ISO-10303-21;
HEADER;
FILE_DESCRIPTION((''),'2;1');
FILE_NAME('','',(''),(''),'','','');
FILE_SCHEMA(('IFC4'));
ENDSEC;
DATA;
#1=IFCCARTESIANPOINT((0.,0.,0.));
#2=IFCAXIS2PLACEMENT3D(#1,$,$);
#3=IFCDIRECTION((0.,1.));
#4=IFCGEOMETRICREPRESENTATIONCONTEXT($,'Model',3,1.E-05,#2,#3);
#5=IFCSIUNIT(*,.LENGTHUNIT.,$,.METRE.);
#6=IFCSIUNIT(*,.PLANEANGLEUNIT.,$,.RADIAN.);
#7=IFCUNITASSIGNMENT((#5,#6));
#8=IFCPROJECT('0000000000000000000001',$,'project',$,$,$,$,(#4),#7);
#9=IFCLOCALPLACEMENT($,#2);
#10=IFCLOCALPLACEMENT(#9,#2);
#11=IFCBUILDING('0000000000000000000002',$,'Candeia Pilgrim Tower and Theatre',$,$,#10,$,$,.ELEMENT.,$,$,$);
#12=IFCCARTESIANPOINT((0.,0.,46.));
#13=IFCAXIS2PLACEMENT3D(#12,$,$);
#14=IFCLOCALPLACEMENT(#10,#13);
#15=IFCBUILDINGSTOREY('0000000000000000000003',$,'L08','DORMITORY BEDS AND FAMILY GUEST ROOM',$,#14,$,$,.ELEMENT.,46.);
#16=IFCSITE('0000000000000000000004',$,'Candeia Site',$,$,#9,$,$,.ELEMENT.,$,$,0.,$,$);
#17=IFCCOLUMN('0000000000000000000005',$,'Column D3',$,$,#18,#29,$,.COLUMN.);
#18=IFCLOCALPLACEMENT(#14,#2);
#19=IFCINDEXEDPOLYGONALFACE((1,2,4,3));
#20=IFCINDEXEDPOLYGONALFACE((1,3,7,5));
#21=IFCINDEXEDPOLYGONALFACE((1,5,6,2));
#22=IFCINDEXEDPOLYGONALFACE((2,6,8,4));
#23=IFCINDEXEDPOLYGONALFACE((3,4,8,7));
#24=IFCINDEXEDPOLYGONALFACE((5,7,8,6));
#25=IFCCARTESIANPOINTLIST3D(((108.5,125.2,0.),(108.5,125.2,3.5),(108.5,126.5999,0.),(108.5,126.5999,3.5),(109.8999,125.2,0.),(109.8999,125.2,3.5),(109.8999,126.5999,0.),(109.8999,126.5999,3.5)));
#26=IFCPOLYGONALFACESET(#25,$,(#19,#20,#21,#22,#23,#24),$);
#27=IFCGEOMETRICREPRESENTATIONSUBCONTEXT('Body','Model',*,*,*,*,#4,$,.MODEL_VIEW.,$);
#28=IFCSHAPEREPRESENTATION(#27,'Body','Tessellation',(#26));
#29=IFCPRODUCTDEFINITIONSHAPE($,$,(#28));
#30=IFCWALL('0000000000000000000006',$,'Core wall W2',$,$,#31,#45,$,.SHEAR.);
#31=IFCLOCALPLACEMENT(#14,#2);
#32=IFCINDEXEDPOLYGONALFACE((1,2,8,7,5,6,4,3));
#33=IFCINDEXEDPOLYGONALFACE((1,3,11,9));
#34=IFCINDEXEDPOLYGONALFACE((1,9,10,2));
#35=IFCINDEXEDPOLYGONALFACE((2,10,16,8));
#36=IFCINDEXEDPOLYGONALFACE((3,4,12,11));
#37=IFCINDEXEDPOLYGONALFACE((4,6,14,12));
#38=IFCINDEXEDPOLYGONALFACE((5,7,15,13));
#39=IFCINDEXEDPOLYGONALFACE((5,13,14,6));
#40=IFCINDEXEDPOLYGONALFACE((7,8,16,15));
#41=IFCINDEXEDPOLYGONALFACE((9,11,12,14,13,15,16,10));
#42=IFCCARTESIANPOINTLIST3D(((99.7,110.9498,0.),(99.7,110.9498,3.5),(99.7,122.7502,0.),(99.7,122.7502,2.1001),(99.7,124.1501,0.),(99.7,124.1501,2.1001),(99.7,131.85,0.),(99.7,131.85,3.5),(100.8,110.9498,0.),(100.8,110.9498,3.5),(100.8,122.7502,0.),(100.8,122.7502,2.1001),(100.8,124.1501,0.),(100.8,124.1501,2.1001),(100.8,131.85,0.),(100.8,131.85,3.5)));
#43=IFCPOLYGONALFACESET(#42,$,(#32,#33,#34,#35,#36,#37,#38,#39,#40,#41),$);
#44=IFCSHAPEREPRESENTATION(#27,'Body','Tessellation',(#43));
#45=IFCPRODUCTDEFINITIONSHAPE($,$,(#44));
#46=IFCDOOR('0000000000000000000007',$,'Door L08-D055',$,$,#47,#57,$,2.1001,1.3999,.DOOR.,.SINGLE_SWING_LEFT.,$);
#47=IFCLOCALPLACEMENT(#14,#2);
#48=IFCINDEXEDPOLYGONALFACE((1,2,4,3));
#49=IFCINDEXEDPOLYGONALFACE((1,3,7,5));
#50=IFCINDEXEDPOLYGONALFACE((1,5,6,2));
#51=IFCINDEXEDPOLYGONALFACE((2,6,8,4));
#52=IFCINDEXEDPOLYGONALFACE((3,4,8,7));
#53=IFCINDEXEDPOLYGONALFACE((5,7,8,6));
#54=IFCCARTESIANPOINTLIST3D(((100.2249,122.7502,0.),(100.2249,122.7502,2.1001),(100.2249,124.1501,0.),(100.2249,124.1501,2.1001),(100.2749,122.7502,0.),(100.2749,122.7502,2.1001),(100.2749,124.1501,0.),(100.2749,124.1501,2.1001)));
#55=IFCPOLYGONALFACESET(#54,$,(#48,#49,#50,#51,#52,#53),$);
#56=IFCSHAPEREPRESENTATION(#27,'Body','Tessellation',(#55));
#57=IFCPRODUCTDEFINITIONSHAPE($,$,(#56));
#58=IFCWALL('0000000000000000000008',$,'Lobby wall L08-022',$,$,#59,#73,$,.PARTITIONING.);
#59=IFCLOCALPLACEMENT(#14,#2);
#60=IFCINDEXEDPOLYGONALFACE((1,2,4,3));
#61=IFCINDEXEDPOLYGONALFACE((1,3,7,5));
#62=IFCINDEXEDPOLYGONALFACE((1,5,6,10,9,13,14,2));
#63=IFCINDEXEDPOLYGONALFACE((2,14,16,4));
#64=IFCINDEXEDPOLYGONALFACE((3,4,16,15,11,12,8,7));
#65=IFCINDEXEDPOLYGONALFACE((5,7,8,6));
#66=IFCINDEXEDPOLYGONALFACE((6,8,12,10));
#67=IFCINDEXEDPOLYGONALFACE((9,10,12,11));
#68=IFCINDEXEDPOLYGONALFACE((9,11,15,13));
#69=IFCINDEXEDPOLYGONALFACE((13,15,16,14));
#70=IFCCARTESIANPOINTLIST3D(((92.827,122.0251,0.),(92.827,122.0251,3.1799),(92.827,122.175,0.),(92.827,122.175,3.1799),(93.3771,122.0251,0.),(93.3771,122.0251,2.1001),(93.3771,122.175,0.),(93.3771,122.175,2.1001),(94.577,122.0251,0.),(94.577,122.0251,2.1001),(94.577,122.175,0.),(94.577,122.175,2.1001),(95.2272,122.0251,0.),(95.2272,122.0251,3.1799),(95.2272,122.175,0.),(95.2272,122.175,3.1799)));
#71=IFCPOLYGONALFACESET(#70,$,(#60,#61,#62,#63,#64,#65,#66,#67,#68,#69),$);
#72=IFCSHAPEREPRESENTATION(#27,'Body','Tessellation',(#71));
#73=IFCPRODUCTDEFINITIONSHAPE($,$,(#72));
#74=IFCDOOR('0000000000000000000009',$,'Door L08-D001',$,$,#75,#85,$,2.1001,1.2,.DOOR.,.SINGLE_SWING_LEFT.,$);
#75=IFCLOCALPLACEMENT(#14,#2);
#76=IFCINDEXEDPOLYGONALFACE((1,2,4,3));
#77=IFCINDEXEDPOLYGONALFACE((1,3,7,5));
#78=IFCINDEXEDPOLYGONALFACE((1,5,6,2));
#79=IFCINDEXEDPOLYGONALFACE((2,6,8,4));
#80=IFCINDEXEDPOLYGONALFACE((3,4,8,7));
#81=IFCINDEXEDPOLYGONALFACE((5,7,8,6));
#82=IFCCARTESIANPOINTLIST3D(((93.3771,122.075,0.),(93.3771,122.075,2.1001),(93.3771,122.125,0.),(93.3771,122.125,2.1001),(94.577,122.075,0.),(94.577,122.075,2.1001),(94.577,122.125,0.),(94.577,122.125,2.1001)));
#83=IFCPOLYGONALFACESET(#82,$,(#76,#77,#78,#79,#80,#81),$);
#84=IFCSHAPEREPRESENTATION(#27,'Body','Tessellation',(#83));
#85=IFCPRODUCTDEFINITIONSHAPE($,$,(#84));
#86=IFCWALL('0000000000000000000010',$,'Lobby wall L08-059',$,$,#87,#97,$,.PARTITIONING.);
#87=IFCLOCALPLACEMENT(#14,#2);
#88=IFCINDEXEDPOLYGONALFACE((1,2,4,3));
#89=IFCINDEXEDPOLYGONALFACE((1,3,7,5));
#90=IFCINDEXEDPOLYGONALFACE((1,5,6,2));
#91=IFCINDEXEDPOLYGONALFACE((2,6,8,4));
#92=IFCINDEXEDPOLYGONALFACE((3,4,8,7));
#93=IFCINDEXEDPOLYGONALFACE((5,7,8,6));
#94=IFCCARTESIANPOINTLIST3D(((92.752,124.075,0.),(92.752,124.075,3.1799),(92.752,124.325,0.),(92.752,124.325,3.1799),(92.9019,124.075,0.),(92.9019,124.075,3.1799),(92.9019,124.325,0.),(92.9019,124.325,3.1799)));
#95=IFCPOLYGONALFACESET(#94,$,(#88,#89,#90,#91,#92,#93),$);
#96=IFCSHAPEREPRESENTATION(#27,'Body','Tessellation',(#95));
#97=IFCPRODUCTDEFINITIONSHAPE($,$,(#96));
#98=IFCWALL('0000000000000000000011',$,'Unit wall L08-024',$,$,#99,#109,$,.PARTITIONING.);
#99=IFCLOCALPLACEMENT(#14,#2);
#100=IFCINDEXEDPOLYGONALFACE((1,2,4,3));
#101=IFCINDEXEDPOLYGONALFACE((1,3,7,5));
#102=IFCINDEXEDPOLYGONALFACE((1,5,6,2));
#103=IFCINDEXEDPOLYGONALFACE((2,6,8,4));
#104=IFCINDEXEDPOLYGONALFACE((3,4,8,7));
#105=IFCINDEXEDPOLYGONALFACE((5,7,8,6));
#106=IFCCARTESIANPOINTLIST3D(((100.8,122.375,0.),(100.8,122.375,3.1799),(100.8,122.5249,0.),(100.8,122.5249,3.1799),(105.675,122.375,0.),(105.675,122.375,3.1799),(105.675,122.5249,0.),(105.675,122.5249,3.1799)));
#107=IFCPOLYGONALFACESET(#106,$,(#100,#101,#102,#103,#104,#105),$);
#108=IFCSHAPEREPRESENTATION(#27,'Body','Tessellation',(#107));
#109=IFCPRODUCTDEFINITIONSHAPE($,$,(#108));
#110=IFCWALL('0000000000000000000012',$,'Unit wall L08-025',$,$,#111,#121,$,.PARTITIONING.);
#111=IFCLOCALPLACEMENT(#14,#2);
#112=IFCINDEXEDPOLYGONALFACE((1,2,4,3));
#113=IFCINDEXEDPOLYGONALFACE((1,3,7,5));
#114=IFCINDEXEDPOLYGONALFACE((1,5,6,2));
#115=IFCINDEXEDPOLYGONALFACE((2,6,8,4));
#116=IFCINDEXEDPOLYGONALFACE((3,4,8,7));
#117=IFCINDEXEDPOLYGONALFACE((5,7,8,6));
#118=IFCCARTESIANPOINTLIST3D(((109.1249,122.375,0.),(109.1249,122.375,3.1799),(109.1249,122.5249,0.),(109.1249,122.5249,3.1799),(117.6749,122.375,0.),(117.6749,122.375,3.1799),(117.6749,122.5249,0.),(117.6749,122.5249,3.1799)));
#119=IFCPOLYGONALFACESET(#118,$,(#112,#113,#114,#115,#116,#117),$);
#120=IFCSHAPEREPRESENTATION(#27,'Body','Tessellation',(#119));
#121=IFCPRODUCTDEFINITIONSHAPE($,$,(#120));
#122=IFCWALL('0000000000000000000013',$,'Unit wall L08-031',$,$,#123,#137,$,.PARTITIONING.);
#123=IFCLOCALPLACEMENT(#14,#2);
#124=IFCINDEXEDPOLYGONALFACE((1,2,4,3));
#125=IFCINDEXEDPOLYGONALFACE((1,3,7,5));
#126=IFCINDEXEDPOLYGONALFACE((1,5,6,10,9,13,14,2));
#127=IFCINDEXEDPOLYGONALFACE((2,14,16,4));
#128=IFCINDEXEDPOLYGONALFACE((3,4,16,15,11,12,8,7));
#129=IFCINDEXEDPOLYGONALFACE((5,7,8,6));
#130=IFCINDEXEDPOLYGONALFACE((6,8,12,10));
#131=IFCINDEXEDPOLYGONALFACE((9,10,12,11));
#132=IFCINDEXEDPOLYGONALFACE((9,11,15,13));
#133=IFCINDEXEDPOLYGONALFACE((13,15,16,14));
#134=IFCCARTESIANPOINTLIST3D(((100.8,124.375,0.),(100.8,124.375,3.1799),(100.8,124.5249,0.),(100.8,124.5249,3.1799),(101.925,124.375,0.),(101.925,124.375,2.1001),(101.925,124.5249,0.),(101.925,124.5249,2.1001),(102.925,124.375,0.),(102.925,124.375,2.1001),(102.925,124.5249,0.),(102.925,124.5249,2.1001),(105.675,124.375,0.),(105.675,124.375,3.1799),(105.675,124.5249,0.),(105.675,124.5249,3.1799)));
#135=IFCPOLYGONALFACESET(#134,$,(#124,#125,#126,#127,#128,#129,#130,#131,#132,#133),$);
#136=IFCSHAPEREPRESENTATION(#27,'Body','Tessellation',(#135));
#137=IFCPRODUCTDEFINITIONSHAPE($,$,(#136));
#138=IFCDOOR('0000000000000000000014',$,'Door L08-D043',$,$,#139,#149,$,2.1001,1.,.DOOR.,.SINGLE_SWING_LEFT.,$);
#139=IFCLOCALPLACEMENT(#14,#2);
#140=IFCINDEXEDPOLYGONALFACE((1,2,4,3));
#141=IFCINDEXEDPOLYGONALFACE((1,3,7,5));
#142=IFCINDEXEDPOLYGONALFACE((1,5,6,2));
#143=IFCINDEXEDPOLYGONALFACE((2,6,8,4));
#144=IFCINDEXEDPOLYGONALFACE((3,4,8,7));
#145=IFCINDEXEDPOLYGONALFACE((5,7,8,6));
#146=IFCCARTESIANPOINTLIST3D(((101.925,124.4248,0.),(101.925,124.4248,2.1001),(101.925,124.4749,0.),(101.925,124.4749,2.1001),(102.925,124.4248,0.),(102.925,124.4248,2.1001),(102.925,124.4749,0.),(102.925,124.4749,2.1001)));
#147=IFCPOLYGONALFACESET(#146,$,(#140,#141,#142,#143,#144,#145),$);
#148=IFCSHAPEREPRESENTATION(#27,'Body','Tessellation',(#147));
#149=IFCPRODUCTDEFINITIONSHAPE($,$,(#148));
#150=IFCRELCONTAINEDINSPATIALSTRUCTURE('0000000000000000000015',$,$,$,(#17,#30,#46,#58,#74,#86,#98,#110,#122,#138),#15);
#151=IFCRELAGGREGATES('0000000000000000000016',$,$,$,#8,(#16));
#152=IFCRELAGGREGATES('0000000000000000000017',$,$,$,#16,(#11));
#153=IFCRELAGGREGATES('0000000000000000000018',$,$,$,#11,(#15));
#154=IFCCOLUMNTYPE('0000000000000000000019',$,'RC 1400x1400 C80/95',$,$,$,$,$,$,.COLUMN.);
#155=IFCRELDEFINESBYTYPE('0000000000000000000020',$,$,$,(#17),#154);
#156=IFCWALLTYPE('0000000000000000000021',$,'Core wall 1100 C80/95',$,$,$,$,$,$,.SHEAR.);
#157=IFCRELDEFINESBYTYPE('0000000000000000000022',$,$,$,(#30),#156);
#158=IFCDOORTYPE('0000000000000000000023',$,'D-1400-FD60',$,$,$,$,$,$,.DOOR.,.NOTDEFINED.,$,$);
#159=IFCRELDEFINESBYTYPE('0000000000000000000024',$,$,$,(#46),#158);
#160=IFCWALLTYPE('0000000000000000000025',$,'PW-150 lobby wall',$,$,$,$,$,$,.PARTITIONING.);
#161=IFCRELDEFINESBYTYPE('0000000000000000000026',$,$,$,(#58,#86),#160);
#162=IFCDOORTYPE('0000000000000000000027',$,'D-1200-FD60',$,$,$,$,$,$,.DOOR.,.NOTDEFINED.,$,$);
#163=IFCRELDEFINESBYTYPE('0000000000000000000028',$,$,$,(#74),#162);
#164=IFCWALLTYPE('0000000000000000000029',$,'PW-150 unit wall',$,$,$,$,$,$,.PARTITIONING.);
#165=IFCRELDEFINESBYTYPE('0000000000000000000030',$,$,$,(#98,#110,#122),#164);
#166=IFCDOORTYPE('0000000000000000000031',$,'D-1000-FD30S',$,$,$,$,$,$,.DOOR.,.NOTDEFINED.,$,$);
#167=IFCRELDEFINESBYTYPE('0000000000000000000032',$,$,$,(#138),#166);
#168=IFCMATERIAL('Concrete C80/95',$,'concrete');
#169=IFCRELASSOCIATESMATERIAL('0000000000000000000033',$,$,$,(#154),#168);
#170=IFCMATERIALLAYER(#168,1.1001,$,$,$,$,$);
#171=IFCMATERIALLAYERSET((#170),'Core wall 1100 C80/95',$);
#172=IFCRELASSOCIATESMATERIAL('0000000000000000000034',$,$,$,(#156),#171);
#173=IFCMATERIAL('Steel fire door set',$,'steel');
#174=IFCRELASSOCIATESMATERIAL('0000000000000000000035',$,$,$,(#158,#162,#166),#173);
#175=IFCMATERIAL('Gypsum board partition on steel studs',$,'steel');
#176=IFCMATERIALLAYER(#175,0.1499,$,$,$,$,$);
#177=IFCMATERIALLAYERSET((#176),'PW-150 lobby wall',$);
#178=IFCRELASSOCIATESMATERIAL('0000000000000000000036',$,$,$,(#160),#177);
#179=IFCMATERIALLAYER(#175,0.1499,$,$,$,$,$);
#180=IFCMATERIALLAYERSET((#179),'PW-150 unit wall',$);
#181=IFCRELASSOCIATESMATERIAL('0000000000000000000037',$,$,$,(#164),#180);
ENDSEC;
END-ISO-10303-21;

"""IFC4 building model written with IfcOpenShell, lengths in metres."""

from ifc_helpers import new_model, si_unit, direction, frame, frame_2d, origin, origin_2d, place, context, subcontext, project, spatial, rectangle, extrude, material, layer, layer_set, material_profile, profile_set, type_object, element, fill, save


model = new_model("IFC4")

# Units and contexts
model_context = context("Model", 3, precision=1e-05, world=origin(), true_north=direction((0.0, 1.0)))
body_context = subcontext(model_context, "Body", "Model", "MODEL_VIEW")
ifc_project = project(units=[si_unit("LENGTHUNIT", "METRE"), si_unit("PLANEANGLEUNIT", "RADIAN")], contexts=[model_context])

# Site, building, storey
site_placement = place(None, origin())
site = spatial("IfcSite", under=ifc_project, at=site_placement, Name="Candeia Site", CompositionType="ELEMENT", RefElevation=0.0)
building_placement = place(site_placement, origin())
building = spatial("IfcBuilding", under=site, at=building_placement, Name="Candeia Pilgrim Tower and Theatre", CompositionType="ELEMENT")
storey_placement = place(building_placement, frame((0.0, 0.0, 46.0)))
storey = spatial("IfcBuildingStorey", under=building, at=storey_placement, Name="L08", Description="DORMITORY BEDS AND FAMILY GUEST ROOM", CompositionType="ELEMENT", Elevation=46.0)

# Column
ifc_material_1 = material(Name="Concrete C80/95", Category="concrete")
ifc_material_profile = material_profile(ifc_material_1, rectangle(XDim=1.3999, YDim=1.3999, at=origin_2d()))
ifc_profile_set = profile_set([ifc_material_profile], Name="Concrete C80/95")
column_type = type_object("IfcColumnType", Name="RC 1400x1400 C80/95", PredefinedType="COLUMN", material=ifc_profile_set)
column_placement = place(storey_placement, frame((109.2, 125.8999, 0.0), z_axis=(0.0, 0.0, 1.0), x_axis=(1.0, 0.0, 0.0)))
element("IfcColumn", 1, at=column_placement, inside=storey, type_object=column_type, Name="Column D3", PredefinedType="COLUMN", context=body_context, shape_type="SweptSolid", body=[
    extrude(rectangle(XDim=1.3999, YDim=1.3999, at=origin_2d()), origin(), (0.0, 0.0, 1.0), 3.5),
])

# Walls, openings, doors
ifc_layer_1 = layer(ifc_material_1, 1.1001)
ifc_layer_set_1 = layer_set([ifc_layer_1], Name="Core wall 1100 C80/95")
wall_type_1 = type_object("IfcWallType", Name="Core wall 1100 C80/95", PredefinedType="SHEAR", material=ifc_layer_set_1)
wall_1_placement = place(storey_placement, frame((100.25, 131.8501, 0.0), z_axis=(0.0, 0.0, 1.0), x_axis=(0.0, -1.0, 0.0)))
wall_1 = element("IfcWall", 2, at=wall_1_placement, inside=storey, type_object=wall_type_1, Name="Core wall W2", PredefinedType="SHEAR", context=body_context, shape_type="SweptSolid", body=[
    extrude(rectangle(XDim=20.9001, YDim=1.1001, at=frame_2d((10.4502, 0.0))), origin(), (0.0, 0.0, 1.0), 3.5),
])
opening_1_placement = place(wall_1_placement, frame((7.7, 0.0, 0.0)))
opening_1 = element("IfcOpeningElement", 3, at=opening_1_placement, cuts=wall_1, PredefinedType="OPENING", context=body_context, shape_type="SweptSolid", body=[
    extrude(rectangle(XDim=1.3999, YDim=2.1001, at=frame_2d((0.7, 1.05))), frame((0.0, 0.5601, 0.0), z_axis=(0.0, -1.0, 0.0), x_axis=(1.0, 0.0, 0.0)), (0.0, 0.0, 1.0), 1.1201),
])
ifc_material_2 = material(Name="Steel fire door set", Category="steel")
door_type_1 = type_object("IfcDoorType", Name="D-1400-FD60", OperationType="NOTDEFINED", PredefinedType="DOOR", material=ifc_material_2)
door_1_placement = place(opening_1_placement, origin())
door_1 = element("IfcDoor", 4, at=door_1_placement, inside=storey, type_object=door_type_1, Name="Door L08-D055", OperationType="SINGLE_SWING_LEFT", OverallHeight=2.1001, OverallWidth=1.3999, PredefinedType="DOOR", context=body_context, shape_type="SweptSolid", body=[
    extrude(rectangle(XDim=1.3999, YDim=2.1001, at=frame_2d((0.7, 1.05))), frame((0.0, 0.0249, 0.0), z_axis=(0.0, -1.0, 0.0), x_axis=(1.0, 0.0, 0.0)), (0.0, 0.0, 1.0), 0.05),
])
fill(opening_1, door_1)
ifc_material_3 = material(Name="Gypsum board partition on steel studs", Category="steel")
ifc_layer_2 = layer(ifc_material_3, 0.1499)
ifc_layer_set_2 = layer_set([ifc_layer_2], Name="PW-150 lobby wall")
wall_type_2 = type_object("IfcWallType", Name="PW-150 lobby wall", PredefinedType="PARTITIONING", material=ifc_layer_set_2)
wall_2_placement = place(storey_placement, frame((92.8269, 122.1001, 0.0), z_axis=(0.0, 0.0, 1.0), x_axis=(1.0, 0.0, 0.0)))
wall_2 = element("IfcWall", 5, at=wall_2_placement, inside=storey, type_object=wall_type_2, Name="Lobby wall L08-022", PredefinedType="PARTITIONING", context=body_context, shape_type="SweptSolid", body=[
    extrude(rectangle(XDim=2.4001, YDim=0.1499, at=frame_2d((1.2002, 0.0))), origin(), (0.0, 0.0, 1.0), 3.1799),
])
opening_2_placement = place(wall_2_placement, frame((0.55, 0.0, 0.0)))
opening_2 = element("IfcOpeningElement", 6, at=opening_2_placement, cuts=wall_2, PredefinedType="OPENING", context=body_context, shape_type="SweptSolid", body=[
    extrude(rectangle(XDim=1.2, YDim=2.1001, at=frame_2d((0.6001, 1.05))), frame((0.0, 0.085, 0.0), z_axis=(0.0, -1.0, 0.0), x_axis=(1.0, 0.0, 0.0)), (0.0, 0.0, 1.0), 0.1699),
])
door_type_2 = type_object("IfcDoorType", Name="D-1200-FD60", OperationType="NOTDEFINED", PredefinedType="DOOR", material=ifc_material_2)
door_2_placement = place(opening_2_placement, origin())
door_2 = element("IfcDoor", 7, at=door_2_placement, inside=storey, type_object=door_type_2, Name="Door L08-D001", OperationType="SINGLE_SWING_LEFT", OverallHeight=2.1001, OverallWidth=1.2, PredefinedType="DOOR", context=body_context, shape_type="SweptSolid", body=[
    extrude(rectangle(XDim=1.2, YDim=2.1001, at=frame_2d((0.6001, 1.05))), frame((0.0, 0.0249, 0.0), z_axis=(0.0, -1.0, 0.0), x_axis=(1.0, 0.0, 0.0)), (0.0, 0.0, 1.0), 0.05),
])
fill(opening_2, door_2)

# Walls
wall_3_placement = place(storey_placement, frame((92.8269, 124.075, 0.0), z_axis=(0.0, 0.0, 1.0), x_axis=(0.0, 1.0, 0.0)))
element("IfcWall", 8, at=wall_3_placement, inside=storey, type_object=wall_type_2, Name="Lobby wall L08-059", PredefinedType="PARTITIONING", context=body_context, shape_type="SweptSolid", body=[
    extrude(rectangle(XDim=0.25, YDim=0.1499, at=frame_2d((0.125, 0.0))), origin(), (0.0, 0.0, 1.0), 3.1799),
])
ifc_layer_3 = layer(ifc_material_3, 0.1499)
ifc_layer_set_3 = layer_set([ifc_layer_3], Name="PW-150 unit wall")
wall_type_3 = type_object("IfcWallType", Name="PW-150 unit wall", PredefinedType="PARTITIONING", material=ifc_layer_set_3)
wall_4_placement = place(storey_placement, frame((100.8, 122.45, 0.0), z_axis=(0.0, 0.0, 1.0), x_axis=(1.0, 0.0, 0.0)))
element("IfcWall", 9, at=wall_4_placement, inside=storey, type_object=wall_type_3, Name="Unit wall L08-024", PredefinedType="PARTITIONING", context=body_context, shape_type="SweptSolid", body=[
    extrude(rectangle(XDim=4.875, YDim=0.1499, at=frame_2d((2.4375, 0.0))), origin(), (0.0, 0.0, 1.0), 3.1799),
])
wall_5_placement = place(storey_placement, frame((109.125, 122.45, 0.0), z_axis=(0.0, 0.0, 1.0), x_axis=(1.0, 0.0, 0.0)))
element("IfcWall", 10, at=wall_5_placement, inside=storey, type_object=wall_type_3, Name="Unit wall L08-025", PredefinedType="PARTITIONING", context=body_context, shape_type="SweptSolid", body=[
    extrude(rectangle(XDim=8.55, YDim=0.1499, at=frame_2d((4.2749, 0.0))), origin(), (0.0, 0.0, 1.0), 3.1799),
])

# Wall, opening, door
wall_6_placement = place(storey_placement, frame((100.8, 124.45, 0.0), z_axis=(0.0, 0.0, 1.0), x_axis=(1.0, 0.0, 0.0)))
wall_6 = element("IfcWall", 11, at=wall_6_placement, inside=storey, type_object=wall_type_3, Name="Unit wall L08-031", PredefinedType="PARTITIONING", context=body_context, shape_type="SweptSolid", body=[
    extrude(rectangle(XDim=4.875, YDim=0.1499, at=frame_2d((2.4375, 0.0))), origin(), (0.0, 0.0, 1.0), 3.1799),
])
opening_3_placement = place(wall_6_placement, frame((1.125, 0.0, 0.0)))
opening_3 = element("IfcOpeningElement", 12, at=opening_3_placement, cuts=wall_6, PredefinedType="OPENING", context=body_context, shape_type="SweptSolid", body=[
    extrude(rectangle(XDim=1.0, YDim=2.1001, at=frame_2d((0.5, 1.05))), frame((0.0, 0.085, 0.0), z_axis=(0.0, -1.0, 0.0), x_axis=(1.0, 0.0, 0.0)), (0.0, 0.0, 1.0), 0.1699),
])
door_type_3 = type_object("IfcDoorType", Name="D-1000-FD30S", OperationType="NOTDEFINED", PredefinedType="DOOR", material=ifc_material_2)
door_3_placement = place(opening_3_placement, origin())
door_3 = element("IfcDoor", 13, at=door_3_placement, inside=storey, type_object=door_type_3, Name="Door L08-D043", OperationType="SINGLE_SWING_LEFT", OverallHeight=2.1001, OverallWidth=1.0, PredefinedType="DOOR", context=body_context, shape_type="SweptSolid", body=[
    extrude(rectangle(XDim=1.0, YDim=2.1001, at=frame_2d((0.5, 1.05))), frame((0.0, 0.0249, 0.0), z_axis=(0.0, -1.0, 0.0), x_axis=(1.0, 0.0, 0.0)), (0.0, 0.0, 1.0), 0.05),
])
fill(opening_3, door_3)

save(model, "model.ifc")
